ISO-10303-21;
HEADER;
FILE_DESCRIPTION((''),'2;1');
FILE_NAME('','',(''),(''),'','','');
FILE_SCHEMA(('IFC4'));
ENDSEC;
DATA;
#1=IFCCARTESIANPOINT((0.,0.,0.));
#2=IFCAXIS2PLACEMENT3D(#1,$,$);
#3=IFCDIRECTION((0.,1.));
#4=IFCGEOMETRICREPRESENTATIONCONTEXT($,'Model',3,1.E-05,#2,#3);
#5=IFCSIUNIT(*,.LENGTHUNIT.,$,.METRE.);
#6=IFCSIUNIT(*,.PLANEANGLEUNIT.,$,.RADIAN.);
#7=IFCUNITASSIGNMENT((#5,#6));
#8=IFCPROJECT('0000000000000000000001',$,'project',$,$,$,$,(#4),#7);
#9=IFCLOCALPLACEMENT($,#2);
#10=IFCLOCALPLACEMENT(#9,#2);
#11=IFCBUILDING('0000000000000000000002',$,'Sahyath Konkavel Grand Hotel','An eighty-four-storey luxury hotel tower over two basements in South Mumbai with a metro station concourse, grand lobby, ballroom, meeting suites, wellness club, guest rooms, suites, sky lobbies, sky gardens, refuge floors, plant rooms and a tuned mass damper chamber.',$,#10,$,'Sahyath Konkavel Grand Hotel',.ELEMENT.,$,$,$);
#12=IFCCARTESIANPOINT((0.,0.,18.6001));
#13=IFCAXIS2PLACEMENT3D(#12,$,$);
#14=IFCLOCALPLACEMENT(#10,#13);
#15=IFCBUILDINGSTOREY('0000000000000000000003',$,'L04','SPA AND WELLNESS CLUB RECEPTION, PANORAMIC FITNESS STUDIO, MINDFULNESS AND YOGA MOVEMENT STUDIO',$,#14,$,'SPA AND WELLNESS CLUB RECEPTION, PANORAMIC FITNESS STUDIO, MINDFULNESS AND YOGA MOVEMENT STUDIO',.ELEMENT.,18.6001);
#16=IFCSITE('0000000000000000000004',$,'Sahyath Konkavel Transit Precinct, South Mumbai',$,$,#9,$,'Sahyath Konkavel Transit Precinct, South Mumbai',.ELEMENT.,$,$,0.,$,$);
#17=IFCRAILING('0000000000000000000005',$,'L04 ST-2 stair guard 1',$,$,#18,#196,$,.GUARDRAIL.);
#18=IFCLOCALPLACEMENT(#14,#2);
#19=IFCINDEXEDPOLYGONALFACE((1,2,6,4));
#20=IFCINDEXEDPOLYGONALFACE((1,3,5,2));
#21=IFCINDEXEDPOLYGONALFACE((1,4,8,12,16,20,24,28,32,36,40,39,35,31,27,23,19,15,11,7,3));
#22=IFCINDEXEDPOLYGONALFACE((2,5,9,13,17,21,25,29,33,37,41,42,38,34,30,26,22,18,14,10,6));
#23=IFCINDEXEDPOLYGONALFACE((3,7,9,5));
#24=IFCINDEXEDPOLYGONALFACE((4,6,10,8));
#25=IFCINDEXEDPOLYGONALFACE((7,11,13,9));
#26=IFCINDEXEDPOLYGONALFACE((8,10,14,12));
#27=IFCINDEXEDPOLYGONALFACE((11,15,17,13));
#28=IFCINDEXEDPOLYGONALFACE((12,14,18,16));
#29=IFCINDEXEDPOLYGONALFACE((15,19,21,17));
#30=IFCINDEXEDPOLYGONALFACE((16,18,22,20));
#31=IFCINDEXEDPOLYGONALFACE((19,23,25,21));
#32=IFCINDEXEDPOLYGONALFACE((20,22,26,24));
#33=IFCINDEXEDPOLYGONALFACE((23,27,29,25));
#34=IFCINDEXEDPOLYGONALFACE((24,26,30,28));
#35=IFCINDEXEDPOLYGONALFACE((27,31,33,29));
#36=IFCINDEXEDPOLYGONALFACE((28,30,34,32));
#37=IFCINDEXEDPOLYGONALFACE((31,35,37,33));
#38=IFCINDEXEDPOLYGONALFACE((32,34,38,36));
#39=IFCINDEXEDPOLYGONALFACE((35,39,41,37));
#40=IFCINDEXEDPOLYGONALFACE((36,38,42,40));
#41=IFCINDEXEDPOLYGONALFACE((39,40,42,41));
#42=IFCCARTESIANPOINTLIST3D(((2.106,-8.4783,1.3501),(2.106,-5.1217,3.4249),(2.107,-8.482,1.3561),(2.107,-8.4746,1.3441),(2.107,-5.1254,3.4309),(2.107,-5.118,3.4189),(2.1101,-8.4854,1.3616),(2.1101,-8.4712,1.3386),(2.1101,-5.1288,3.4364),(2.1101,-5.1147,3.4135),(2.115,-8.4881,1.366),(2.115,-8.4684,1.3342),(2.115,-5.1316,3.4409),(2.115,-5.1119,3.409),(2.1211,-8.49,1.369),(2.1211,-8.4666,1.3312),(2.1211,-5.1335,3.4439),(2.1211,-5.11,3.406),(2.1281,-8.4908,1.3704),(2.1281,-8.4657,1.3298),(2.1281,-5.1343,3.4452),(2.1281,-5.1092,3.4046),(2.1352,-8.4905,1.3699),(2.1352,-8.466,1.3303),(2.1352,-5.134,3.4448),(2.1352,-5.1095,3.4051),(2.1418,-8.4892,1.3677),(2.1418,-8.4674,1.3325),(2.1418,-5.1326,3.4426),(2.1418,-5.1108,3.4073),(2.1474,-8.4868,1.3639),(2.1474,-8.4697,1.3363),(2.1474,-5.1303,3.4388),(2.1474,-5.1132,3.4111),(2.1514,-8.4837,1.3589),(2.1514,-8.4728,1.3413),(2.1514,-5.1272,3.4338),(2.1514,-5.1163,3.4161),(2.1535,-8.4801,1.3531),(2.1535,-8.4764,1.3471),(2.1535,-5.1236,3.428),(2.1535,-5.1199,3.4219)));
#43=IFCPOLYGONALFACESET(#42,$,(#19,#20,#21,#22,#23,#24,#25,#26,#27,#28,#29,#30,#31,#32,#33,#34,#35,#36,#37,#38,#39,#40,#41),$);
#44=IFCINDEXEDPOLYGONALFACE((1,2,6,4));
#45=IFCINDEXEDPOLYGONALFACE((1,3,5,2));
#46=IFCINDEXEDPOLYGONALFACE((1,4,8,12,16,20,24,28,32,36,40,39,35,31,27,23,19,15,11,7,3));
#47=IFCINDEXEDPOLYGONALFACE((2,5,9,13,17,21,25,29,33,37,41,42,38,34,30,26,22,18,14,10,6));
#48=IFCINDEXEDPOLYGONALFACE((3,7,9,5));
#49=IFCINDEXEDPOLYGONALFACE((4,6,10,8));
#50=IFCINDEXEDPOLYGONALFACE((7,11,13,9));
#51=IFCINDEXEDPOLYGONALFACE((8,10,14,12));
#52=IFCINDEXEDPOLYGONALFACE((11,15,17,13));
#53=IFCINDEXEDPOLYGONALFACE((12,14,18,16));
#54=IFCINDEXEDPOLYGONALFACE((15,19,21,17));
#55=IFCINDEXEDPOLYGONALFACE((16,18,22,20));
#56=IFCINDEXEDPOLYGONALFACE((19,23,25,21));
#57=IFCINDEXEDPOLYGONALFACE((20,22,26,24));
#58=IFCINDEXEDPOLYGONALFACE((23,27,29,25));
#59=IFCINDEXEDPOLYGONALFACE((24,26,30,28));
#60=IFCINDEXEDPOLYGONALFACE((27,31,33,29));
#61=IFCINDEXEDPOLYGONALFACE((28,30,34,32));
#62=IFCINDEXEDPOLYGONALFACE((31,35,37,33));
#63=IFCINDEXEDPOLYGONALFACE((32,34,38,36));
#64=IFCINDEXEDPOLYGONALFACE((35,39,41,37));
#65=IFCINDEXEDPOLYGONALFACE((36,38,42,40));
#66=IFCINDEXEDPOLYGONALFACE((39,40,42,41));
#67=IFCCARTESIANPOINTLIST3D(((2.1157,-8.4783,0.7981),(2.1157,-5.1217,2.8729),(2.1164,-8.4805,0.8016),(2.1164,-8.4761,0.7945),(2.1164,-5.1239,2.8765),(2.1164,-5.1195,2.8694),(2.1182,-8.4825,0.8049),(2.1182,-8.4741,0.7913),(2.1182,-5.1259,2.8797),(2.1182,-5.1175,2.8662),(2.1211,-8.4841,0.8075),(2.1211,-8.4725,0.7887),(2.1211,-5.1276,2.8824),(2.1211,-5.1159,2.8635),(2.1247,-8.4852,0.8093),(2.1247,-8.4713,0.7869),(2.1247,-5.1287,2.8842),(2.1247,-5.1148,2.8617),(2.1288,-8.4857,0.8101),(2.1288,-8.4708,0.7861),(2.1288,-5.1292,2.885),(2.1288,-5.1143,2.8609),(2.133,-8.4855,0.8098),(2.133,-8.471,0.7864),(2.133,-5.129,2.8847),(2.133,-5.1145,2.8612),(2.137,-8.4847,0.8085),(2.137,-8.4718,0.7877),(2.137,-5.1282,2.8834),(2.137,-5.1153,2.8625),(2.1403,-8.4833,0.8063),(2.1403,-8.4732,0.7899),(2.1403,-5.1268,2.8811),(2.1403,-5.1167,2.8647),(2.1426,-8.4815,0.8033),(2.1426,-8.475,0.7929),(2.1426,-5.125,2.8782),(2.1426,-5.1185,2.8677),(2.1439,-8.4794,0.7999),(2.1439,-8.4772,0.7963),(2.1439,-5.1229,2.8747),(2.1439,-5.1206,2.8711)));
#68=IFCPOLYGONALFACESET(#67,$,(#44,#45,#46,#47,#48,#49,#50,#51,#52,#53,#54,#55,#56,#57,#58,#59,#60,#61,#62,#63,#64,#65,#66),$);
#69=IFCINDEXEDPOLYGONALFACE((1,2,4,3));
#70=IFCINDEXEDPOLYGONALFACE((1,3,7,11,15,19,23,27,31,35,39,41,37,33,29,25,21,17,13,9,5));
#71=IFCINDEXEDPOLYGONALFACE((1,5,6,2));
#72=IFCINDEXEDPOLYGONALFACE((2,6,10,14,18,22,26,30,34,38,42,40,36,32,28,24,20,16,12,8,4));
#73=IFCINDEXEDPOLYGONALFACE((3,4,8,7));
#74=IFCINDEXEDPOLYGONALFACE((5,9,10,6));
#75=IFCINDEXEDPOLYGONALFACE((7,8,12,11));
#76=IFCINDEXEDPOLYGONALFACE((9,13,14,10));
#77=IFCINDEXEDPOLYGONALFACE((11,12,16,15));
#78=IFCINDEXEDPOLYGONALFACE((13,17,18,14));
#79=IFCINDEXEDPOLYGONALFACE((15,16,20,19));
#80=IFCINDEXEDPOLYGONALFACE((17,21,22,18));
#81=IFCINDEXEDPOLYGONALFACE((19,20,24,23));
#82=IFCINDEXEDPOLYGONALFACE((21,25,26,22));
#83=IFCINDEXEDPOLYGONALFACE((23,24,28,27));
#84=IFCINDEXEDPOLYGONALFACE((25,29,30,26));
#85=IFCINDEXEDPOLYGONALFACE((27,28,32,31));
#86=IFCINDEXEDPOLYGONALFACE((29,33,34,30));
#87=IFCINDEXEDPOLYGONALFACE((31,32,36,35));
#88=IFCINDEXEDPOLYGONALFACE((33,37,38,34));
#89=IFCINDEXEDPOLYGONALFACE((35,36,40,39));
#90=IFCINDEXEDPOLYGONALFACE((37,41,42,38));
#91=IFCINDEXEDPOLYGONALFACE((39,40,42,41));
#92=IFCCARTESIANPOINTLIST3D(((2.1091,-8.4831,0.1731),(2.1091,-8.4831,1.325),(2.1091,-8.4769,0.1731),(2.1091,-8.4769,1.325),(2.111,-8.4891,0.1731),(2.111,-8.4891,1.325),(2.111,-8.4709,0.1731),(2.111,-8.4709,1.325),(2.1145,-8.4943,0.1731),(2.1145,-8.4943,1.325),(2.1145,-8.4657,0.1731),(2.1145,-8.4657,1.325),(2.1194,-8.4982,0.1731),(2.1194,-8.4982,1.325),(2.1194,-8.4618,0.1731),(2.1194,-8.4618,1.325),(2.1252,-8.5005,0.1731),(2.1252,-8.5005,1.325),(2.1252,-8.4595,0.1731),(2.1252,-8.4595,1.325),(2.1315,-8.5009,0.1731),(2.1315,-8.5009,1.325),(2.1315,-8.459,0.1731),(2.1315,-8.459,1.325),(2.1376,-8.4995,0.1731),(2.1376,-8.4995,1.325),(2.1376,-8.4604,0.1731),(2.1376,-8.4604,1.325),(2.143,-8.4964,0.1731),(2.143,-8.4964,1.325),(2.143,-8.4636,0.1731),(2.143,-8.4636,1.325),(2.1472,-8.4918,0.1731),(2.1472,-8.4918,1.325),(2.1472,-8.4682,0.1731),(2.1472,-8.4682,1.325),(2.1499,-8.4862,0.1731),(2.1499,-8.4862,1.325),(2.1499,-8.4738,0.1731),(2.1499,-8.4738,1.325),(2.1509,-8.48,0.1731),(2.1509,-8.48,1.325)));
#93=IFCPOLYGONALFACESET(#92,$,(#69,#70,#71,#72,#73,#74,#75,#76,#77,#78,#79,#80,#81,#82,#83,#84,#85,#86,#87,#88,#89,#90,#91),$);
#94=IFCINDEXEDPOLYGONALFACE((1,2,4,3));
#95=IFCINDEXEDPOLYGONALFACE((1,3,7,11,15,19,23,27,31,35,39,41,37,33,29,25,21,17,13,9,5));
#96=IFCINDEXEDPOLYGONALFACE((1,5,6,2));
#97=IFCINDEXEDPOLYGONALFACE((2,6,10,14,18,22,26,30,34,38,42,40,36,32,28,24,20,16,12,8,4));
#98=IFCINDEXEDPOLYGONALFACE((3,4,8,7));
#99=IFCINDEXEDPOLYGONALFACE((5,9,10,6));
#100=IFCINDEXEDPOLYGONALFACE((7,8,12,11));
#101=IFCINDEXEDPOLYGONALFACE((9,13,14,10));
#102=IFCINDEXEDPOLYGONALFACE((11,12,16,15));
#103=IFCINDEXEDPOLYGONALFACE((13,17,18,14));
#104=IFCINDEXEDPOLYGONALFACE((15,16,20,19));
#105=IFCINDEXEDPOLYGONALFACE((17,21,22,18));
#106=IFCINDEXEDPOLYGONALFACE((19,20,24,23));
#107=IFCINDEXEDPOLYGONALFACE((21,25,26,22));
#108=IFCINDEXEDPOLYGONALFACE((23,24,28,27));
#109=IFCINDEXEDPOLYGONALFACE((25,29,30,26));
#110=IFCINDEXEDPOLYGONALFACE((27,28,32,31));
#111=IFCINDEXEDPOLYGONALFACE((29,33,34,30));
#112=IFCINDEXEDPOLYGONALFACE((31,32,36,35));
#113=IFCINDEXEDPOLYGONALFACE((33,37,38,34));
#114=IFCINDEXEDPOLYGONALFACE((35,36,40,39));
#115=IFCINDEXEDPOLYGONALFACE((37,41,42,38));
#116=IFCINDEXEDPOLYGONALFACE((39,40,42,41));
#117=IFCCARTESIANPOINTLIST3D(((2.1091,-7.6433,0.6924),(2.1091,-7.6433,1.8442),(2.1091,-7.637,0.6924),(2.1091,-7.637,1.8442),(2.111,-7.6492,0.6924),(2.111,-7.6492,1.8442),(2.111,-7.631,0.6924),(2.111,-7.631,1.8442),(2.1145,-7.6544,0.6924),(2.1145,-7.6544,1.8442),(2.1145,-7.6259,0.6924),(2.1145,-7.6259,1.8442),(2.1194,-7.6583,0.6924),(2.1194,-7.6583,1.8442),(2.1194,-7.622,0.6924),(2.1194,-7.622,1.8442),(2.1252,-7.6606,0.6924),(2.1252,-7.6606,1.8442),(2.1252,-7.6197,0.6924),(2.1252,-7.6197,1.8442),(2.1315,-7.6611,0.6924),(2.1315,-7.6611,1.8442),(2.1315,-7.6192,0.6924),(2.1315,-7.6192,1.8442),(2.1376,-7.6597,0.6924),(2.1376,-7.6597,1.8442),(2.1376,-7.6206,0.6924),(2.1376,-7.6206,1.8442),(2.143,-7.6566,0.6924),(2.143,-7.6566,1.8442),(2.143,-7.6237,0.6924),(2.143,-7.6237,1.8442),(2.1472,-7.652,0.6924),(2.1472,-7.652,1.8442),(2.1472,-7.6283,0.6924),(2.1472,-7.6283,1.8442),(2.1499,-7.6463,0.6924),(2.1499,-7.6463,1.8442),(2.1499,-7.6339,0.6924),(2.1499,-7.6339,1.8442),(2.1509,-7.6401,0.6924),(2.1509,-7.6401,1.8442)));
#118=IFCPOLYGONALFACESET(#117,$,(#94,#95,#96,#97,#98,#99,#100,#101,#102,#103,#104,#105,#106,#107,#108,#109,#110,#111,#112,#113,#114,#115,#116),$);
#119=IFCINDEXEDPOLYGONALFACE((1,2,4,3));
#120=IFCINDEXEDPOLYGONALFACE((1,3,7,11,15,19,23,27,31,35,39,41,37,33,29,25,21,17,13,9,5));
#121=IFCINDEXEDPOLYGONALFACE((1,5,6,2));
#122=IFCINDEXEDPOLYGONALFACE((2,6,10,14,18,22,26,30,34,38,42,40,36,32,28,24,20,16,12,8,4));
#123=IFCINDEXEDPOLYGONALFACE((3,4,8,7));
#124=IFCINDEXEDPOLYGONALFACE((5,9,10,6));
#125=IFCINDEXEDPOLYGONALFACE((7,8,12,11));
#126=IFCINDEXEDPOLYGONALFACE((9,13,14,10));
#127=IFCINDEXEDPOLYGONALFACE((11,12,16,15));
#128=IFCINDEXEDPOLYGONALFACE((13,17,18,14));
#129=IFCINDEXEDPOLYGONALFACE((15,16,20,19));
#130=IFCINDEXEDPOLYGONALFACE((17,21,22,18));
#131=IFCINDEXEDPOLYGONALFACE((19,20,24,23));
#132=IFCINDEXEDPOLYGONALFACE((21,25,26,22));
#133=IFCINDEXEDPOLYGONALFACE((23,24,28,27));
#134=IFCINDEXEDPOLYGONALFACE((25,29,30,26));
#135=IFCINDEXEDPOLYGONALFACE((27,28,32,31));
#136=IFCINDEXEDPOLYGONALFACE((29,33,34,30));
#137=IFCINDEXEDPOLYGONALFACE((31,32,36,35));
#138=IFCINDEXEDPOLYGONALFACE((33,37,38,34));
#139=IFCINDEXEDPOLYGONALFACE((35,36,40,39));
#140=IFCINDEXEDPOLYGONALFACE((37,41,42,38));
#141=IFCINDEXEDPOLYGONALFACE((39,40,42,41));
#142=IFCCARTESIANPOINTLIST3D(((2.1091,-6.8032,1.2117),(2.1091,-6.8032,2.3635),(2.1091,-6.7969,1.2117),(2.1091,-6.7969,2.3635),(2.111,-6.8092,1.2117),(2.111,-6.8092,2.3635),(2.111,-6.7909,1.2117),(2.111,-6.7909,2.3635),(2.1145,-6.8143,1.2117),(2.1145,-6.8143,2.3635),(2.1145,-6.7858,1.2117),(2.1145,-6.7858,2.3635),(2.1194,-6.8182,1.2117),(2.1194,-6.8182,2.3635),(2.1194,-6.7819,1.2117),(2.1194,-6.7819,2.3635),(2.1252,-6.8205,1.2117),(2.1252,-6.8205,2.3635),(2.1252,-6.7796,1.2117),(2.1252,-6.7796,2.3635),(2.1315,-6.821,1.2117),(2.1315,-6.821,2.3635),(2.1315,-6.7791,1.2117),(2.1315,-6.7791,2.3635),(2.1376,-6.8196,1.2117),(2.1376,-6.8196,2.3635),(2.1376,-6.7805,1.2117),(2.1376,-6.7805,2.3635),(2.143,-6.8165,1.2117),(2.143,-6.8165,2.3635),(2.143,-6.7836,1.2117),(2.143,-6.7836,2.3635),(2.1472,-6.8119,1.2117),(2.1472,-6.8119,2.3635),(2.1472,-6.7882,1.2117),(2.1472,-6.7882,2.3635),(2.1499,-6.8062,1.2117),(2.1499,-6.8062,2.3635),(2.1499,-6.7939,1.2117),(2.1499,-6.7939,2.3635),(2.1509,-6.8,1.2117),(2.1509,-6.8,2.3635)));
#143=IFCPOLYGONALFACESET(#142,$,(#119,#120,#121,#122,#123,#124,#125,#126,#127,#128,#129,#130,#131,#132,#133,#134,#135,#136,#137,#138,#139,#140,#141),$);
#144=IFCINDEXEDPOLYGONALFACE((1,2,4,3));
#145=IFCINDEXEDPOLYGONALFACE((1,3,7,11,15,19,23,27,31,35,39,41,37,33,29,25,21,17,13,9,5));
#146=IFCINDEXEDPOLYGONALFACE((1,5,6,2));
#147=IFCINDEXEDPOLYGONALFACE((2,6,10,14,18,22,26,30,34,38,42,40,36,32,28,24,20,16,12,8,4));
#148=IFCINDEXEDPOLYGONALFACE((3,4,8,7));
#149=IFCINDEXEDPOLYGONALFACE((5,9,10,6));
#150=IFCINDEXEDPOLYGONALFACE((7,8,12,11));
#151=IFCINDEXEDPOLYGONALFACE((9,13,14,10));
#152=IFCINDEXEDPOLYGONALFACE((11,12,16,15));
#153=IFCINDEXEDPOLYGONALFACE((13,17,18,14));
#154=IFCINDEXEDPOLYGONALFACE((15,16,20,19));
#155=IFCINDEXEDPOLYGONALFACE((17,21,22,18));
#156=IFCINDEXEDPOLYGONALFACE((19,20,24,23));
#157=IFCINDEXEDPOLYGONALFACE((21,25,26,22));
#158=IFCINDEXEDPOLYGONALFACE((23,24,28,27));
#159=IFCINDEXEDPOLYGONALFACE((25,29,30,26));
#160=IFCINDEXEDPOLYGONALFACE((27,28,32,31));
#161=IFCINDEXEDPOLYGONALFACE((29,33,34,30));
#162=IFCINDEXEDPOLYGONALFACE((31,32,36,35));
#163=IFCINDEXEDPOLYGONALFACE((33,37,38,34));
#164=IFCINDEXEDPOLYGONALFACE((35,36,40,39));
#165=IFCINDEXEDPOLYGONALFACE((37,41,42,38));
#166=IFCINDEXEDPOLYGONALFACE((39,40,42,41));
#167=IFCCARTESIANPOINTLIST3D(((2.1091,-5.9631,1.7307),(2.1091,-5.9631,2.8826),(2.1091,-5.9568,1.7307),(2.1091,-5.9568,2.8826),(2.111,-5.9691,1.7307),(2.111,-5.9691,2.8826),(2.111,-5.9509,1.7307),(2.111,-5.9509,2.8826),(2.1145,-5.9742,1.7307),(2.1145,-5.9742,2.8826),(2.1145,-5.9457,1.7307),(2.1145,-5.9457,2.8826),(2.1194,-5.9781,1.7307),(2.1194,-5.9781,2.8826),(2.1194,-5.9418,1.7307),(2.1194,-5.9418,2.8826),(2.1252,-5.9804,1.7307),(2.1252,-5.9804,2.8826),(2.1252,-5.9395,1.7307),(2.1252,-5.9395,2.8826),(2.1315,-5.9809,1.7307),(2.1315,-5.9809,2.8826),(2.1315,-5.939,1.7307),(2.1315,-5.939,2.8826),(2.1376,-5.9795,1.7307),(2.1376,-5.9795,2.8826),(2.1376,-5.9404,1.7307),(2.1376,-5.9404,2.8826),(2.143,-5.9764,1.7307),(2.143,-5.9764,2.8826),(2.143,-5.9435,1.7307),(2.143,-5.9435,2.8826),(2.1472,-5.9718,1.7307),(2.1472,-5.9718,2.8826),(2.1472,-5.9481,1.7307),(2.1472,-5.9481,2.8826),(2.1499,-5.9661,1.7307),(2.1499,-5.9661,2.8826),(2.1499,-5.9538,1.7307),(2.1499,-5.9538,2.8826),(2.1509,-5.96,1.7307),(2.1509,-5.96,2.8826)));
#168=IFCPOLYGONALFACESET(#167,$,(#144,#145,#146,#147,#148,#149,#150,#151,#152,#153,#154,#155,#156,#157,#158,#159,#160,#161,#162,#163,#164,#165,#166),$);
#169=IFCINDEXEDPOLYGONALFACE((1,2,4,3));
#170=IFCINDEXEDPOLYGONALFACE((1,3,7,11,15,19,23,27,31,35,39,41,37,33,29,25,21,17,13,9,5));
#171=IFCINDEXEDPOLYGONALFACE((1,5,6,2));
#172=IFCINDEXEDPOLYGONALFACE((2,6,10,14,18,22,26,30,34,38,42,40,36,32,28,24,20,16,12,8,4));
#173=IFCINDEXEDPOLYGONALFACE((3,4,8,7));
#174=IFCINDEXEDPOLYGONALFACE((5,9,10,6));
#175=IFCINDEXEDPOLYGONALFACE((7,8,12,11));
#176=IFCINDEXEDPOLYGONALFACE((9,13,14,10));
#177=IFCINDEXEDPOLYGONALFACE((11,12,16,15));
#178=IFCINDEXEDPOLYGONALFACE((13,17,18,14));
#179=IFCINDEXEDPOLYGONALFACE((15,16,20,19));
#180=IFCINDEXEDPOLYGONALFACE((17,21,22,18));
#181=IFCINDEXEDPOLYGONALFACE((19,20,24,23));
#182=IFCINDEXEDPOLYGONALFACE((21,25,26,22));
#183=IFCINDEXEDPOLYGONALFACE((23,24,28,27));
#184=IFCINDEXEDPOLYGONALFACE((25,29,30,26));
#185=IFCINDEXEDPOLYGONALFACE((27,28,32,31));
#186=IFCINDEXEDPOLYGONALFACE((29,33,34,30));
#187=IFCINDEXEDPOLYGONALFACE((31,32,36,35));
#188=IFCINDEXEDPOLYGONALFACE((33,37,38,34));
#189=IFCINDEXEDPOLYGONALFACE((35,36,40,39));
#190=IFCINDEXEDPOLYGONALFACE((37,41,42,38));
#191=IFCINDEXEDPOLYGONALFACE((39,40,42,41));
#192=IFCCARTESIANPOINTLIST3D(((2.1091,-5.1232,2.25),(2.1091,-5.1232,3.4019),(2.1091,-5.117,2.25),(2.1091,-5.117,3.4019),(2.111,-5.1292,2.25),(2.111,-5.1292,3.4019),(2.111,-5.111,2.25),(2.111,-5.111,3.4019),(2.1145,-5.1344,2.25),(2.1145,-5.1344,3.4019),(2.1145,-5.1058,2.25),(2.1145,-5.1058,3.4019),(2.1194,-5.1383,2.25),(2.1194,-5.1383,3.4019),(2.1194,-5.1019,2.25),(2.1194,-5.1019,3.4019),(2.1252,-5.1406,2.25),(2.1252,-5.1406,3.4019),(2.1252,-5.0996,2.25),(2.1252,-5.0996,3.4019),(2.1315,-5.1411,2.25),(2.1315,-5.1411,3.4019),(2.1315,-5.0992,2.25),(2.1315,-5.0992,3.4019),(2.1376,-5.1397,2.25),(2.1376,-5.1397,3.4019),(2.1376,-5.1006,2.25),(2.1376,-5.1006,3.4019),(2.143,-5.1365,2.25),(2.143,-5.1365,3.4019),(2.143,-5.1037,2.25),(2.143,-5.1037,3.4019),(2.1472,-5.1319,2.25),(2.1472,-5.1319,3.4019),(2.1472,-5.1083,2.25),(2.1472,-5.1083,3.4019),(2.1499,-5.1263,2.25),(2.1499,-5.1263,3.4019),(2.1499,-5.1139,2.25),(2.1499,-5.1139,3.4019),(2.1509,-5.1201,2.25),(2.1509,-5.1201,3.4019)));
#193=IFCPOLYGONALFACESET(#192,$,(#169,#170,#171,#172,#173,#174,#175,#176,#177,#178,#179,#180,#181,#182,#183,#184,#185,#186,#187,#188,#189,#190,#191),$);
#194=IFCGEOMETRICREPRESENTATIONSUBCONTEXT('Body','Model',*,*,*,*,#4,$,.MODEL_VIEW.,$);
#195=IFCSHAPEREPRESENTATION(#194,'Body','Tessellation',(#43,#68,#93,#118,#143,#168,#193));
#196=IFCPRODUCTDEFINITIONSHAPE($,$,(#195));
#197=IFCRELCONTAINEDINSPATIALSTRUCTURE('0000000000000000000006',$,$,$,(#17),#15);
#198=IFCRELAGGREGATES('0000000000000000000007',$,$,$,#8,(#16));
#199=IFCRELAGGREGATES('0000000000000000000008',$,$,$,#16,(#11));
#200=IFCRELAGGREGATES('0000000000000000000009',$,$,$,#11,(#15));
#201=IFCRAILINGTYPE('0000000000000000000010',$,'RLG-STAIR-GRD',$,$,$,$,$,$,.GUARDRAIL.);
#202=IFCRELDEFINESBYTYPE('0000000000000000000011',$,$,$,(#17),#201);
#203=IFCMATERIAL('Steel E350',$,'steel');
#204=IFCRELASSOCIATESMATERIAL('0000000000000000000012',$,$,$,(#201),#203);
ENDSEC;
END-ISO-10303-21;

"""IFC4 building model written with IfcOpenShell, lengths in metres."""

from ifc_helpers import new_model, si_unit, direction, frame, origin, origin_2d, place, context, subcontext, project, spatial, circle, extrude, material, type_object, element, save


model = new_model("IFC4")

# Units and contexts
model_context = context("Model", 3, precision=1e-05, world=origin(), true_north=direction((0.0, 1.0)))
body_context = subcontext(model_context, "Body", "Model", "MODEL_VIEW")
ifc_project = project(units=[si_unit("LENGTHUNIT", "METRE"), si_unit("PLANEANGLEUNIT", "RADIAN")], contexts=[model_context])

# Site, building, storey
site_placement = place(None, origin())
site = spatial("IfcSite", under=ifc_project, at=site_placement, Name="Sahyath Konkavel Transit Precinct, South Mumbai", LongName="Sahyath Konkavel Transit Precinct, South Mumbai", CompositionType="ELEMENT", RefElevation=0.0)
building_placement = place(site_placement, origin())
building = spatial("IfcBuilding", under=site, at=building_placement, Name="Sahyath Konkavel Grand Hotel", Description="An eighty-four-storey luxury hotel tower over two basements in South Mumbai with a metro station concourse, grand lobby, ballroom, meeting suites, wellness club, guest rooms, suites, sky lobbies, sky gardens, refuge floors, plant rooms and a tuned mass damper chamber.", LongName="Sahyath Konkavel Grand Hotel", CompositionType="ELEMENT")
storey_placement = place(building_placement, frame((0.0, 0.0, 18.6001)))
storey = spatial("IfcBuildingStorey", under=building, at=storey_placement, Name="L04", Description="SPA AND WELLNESS CLUB RECEPTION, PANORAMIC FITNESS STUDIO, MINDFULNESS AND YOGA MOVEMENT STUDIO", LongName="SPA AND WELLNESS CLUB RECEPTION, PANORAMIC FITNESS STUDIO, MINDFULNESS AND YOGA MOVEMENT STUDIO", CompositionType="ELEMENT", Elevation=18.6001)

# Shared definitions
ifc_material_1 = material(Name="Steel E350", Category="steel")

# Railing
railing_type = type_object("IfcRailingType", Name="RLG-STAIR-GRD", PredefinedType="GUARDRAIL", material=ifc_material_1)
railing_1_placement = place(storey_placement, frame((2.1299, -8.48, 0.1731)))
element("IfcRailing", 1, at=railing_1_placement, inside=storey, type_object=railing_type, Name="L04 ST-2 stair guard 1", PredefinedType="GUARDRAIL", context=body_context, shape_type="SweptSolid", body=[
    extrude(circle(Radius=0.0239, at=origin_2d()), frame((0.0, 0.0017, 1.177), z_axis=(0.0, 0.850606, 0.525803), x_axis=(-1.0, 0.0, 0.0)), (0.0, 0.0, 1.0), 3.946),
    extrude(circle(Radius=0.0142, at=origin_2d()), frame((0.0, 0.0017, 0.625), z_axis=(0.0, 0.850606, 0.525803), x_axis=(-1.0, 0.0, 0.0)), (0.0, 0.0, 1.0), 3.946),
    extrude(circle(Radius=0.021, at=origin_2d()), origin(), (0.0, 0.0, 1.0), 1.1519),
    extrude(circle(Radius=0.021, at=origin_2d()), frame((0.0, 0.8398, 0.5193)), (0.0, 0.0, 1.0), 1.1519),
    extrude(circle(Radius=0.021, at=origin_2d()), frame((0.0, 1.6799, 1.0386)), (0.0, 0.0, 1.0), 1.1519),
    extrude(circle(Radius=0.021, at=origin_2d()), frame((0.0, 2.52, 1.5576)), (0.0, 0.0, 1.0), 1.1519),
    extrude(circle(Radius=0.021, at=origin_2d()), frame((0.0, 3.3599, 2.0769)), (0.0, 0.0, 1.0), 1.1519),
])

save(model, "model.ifc")
